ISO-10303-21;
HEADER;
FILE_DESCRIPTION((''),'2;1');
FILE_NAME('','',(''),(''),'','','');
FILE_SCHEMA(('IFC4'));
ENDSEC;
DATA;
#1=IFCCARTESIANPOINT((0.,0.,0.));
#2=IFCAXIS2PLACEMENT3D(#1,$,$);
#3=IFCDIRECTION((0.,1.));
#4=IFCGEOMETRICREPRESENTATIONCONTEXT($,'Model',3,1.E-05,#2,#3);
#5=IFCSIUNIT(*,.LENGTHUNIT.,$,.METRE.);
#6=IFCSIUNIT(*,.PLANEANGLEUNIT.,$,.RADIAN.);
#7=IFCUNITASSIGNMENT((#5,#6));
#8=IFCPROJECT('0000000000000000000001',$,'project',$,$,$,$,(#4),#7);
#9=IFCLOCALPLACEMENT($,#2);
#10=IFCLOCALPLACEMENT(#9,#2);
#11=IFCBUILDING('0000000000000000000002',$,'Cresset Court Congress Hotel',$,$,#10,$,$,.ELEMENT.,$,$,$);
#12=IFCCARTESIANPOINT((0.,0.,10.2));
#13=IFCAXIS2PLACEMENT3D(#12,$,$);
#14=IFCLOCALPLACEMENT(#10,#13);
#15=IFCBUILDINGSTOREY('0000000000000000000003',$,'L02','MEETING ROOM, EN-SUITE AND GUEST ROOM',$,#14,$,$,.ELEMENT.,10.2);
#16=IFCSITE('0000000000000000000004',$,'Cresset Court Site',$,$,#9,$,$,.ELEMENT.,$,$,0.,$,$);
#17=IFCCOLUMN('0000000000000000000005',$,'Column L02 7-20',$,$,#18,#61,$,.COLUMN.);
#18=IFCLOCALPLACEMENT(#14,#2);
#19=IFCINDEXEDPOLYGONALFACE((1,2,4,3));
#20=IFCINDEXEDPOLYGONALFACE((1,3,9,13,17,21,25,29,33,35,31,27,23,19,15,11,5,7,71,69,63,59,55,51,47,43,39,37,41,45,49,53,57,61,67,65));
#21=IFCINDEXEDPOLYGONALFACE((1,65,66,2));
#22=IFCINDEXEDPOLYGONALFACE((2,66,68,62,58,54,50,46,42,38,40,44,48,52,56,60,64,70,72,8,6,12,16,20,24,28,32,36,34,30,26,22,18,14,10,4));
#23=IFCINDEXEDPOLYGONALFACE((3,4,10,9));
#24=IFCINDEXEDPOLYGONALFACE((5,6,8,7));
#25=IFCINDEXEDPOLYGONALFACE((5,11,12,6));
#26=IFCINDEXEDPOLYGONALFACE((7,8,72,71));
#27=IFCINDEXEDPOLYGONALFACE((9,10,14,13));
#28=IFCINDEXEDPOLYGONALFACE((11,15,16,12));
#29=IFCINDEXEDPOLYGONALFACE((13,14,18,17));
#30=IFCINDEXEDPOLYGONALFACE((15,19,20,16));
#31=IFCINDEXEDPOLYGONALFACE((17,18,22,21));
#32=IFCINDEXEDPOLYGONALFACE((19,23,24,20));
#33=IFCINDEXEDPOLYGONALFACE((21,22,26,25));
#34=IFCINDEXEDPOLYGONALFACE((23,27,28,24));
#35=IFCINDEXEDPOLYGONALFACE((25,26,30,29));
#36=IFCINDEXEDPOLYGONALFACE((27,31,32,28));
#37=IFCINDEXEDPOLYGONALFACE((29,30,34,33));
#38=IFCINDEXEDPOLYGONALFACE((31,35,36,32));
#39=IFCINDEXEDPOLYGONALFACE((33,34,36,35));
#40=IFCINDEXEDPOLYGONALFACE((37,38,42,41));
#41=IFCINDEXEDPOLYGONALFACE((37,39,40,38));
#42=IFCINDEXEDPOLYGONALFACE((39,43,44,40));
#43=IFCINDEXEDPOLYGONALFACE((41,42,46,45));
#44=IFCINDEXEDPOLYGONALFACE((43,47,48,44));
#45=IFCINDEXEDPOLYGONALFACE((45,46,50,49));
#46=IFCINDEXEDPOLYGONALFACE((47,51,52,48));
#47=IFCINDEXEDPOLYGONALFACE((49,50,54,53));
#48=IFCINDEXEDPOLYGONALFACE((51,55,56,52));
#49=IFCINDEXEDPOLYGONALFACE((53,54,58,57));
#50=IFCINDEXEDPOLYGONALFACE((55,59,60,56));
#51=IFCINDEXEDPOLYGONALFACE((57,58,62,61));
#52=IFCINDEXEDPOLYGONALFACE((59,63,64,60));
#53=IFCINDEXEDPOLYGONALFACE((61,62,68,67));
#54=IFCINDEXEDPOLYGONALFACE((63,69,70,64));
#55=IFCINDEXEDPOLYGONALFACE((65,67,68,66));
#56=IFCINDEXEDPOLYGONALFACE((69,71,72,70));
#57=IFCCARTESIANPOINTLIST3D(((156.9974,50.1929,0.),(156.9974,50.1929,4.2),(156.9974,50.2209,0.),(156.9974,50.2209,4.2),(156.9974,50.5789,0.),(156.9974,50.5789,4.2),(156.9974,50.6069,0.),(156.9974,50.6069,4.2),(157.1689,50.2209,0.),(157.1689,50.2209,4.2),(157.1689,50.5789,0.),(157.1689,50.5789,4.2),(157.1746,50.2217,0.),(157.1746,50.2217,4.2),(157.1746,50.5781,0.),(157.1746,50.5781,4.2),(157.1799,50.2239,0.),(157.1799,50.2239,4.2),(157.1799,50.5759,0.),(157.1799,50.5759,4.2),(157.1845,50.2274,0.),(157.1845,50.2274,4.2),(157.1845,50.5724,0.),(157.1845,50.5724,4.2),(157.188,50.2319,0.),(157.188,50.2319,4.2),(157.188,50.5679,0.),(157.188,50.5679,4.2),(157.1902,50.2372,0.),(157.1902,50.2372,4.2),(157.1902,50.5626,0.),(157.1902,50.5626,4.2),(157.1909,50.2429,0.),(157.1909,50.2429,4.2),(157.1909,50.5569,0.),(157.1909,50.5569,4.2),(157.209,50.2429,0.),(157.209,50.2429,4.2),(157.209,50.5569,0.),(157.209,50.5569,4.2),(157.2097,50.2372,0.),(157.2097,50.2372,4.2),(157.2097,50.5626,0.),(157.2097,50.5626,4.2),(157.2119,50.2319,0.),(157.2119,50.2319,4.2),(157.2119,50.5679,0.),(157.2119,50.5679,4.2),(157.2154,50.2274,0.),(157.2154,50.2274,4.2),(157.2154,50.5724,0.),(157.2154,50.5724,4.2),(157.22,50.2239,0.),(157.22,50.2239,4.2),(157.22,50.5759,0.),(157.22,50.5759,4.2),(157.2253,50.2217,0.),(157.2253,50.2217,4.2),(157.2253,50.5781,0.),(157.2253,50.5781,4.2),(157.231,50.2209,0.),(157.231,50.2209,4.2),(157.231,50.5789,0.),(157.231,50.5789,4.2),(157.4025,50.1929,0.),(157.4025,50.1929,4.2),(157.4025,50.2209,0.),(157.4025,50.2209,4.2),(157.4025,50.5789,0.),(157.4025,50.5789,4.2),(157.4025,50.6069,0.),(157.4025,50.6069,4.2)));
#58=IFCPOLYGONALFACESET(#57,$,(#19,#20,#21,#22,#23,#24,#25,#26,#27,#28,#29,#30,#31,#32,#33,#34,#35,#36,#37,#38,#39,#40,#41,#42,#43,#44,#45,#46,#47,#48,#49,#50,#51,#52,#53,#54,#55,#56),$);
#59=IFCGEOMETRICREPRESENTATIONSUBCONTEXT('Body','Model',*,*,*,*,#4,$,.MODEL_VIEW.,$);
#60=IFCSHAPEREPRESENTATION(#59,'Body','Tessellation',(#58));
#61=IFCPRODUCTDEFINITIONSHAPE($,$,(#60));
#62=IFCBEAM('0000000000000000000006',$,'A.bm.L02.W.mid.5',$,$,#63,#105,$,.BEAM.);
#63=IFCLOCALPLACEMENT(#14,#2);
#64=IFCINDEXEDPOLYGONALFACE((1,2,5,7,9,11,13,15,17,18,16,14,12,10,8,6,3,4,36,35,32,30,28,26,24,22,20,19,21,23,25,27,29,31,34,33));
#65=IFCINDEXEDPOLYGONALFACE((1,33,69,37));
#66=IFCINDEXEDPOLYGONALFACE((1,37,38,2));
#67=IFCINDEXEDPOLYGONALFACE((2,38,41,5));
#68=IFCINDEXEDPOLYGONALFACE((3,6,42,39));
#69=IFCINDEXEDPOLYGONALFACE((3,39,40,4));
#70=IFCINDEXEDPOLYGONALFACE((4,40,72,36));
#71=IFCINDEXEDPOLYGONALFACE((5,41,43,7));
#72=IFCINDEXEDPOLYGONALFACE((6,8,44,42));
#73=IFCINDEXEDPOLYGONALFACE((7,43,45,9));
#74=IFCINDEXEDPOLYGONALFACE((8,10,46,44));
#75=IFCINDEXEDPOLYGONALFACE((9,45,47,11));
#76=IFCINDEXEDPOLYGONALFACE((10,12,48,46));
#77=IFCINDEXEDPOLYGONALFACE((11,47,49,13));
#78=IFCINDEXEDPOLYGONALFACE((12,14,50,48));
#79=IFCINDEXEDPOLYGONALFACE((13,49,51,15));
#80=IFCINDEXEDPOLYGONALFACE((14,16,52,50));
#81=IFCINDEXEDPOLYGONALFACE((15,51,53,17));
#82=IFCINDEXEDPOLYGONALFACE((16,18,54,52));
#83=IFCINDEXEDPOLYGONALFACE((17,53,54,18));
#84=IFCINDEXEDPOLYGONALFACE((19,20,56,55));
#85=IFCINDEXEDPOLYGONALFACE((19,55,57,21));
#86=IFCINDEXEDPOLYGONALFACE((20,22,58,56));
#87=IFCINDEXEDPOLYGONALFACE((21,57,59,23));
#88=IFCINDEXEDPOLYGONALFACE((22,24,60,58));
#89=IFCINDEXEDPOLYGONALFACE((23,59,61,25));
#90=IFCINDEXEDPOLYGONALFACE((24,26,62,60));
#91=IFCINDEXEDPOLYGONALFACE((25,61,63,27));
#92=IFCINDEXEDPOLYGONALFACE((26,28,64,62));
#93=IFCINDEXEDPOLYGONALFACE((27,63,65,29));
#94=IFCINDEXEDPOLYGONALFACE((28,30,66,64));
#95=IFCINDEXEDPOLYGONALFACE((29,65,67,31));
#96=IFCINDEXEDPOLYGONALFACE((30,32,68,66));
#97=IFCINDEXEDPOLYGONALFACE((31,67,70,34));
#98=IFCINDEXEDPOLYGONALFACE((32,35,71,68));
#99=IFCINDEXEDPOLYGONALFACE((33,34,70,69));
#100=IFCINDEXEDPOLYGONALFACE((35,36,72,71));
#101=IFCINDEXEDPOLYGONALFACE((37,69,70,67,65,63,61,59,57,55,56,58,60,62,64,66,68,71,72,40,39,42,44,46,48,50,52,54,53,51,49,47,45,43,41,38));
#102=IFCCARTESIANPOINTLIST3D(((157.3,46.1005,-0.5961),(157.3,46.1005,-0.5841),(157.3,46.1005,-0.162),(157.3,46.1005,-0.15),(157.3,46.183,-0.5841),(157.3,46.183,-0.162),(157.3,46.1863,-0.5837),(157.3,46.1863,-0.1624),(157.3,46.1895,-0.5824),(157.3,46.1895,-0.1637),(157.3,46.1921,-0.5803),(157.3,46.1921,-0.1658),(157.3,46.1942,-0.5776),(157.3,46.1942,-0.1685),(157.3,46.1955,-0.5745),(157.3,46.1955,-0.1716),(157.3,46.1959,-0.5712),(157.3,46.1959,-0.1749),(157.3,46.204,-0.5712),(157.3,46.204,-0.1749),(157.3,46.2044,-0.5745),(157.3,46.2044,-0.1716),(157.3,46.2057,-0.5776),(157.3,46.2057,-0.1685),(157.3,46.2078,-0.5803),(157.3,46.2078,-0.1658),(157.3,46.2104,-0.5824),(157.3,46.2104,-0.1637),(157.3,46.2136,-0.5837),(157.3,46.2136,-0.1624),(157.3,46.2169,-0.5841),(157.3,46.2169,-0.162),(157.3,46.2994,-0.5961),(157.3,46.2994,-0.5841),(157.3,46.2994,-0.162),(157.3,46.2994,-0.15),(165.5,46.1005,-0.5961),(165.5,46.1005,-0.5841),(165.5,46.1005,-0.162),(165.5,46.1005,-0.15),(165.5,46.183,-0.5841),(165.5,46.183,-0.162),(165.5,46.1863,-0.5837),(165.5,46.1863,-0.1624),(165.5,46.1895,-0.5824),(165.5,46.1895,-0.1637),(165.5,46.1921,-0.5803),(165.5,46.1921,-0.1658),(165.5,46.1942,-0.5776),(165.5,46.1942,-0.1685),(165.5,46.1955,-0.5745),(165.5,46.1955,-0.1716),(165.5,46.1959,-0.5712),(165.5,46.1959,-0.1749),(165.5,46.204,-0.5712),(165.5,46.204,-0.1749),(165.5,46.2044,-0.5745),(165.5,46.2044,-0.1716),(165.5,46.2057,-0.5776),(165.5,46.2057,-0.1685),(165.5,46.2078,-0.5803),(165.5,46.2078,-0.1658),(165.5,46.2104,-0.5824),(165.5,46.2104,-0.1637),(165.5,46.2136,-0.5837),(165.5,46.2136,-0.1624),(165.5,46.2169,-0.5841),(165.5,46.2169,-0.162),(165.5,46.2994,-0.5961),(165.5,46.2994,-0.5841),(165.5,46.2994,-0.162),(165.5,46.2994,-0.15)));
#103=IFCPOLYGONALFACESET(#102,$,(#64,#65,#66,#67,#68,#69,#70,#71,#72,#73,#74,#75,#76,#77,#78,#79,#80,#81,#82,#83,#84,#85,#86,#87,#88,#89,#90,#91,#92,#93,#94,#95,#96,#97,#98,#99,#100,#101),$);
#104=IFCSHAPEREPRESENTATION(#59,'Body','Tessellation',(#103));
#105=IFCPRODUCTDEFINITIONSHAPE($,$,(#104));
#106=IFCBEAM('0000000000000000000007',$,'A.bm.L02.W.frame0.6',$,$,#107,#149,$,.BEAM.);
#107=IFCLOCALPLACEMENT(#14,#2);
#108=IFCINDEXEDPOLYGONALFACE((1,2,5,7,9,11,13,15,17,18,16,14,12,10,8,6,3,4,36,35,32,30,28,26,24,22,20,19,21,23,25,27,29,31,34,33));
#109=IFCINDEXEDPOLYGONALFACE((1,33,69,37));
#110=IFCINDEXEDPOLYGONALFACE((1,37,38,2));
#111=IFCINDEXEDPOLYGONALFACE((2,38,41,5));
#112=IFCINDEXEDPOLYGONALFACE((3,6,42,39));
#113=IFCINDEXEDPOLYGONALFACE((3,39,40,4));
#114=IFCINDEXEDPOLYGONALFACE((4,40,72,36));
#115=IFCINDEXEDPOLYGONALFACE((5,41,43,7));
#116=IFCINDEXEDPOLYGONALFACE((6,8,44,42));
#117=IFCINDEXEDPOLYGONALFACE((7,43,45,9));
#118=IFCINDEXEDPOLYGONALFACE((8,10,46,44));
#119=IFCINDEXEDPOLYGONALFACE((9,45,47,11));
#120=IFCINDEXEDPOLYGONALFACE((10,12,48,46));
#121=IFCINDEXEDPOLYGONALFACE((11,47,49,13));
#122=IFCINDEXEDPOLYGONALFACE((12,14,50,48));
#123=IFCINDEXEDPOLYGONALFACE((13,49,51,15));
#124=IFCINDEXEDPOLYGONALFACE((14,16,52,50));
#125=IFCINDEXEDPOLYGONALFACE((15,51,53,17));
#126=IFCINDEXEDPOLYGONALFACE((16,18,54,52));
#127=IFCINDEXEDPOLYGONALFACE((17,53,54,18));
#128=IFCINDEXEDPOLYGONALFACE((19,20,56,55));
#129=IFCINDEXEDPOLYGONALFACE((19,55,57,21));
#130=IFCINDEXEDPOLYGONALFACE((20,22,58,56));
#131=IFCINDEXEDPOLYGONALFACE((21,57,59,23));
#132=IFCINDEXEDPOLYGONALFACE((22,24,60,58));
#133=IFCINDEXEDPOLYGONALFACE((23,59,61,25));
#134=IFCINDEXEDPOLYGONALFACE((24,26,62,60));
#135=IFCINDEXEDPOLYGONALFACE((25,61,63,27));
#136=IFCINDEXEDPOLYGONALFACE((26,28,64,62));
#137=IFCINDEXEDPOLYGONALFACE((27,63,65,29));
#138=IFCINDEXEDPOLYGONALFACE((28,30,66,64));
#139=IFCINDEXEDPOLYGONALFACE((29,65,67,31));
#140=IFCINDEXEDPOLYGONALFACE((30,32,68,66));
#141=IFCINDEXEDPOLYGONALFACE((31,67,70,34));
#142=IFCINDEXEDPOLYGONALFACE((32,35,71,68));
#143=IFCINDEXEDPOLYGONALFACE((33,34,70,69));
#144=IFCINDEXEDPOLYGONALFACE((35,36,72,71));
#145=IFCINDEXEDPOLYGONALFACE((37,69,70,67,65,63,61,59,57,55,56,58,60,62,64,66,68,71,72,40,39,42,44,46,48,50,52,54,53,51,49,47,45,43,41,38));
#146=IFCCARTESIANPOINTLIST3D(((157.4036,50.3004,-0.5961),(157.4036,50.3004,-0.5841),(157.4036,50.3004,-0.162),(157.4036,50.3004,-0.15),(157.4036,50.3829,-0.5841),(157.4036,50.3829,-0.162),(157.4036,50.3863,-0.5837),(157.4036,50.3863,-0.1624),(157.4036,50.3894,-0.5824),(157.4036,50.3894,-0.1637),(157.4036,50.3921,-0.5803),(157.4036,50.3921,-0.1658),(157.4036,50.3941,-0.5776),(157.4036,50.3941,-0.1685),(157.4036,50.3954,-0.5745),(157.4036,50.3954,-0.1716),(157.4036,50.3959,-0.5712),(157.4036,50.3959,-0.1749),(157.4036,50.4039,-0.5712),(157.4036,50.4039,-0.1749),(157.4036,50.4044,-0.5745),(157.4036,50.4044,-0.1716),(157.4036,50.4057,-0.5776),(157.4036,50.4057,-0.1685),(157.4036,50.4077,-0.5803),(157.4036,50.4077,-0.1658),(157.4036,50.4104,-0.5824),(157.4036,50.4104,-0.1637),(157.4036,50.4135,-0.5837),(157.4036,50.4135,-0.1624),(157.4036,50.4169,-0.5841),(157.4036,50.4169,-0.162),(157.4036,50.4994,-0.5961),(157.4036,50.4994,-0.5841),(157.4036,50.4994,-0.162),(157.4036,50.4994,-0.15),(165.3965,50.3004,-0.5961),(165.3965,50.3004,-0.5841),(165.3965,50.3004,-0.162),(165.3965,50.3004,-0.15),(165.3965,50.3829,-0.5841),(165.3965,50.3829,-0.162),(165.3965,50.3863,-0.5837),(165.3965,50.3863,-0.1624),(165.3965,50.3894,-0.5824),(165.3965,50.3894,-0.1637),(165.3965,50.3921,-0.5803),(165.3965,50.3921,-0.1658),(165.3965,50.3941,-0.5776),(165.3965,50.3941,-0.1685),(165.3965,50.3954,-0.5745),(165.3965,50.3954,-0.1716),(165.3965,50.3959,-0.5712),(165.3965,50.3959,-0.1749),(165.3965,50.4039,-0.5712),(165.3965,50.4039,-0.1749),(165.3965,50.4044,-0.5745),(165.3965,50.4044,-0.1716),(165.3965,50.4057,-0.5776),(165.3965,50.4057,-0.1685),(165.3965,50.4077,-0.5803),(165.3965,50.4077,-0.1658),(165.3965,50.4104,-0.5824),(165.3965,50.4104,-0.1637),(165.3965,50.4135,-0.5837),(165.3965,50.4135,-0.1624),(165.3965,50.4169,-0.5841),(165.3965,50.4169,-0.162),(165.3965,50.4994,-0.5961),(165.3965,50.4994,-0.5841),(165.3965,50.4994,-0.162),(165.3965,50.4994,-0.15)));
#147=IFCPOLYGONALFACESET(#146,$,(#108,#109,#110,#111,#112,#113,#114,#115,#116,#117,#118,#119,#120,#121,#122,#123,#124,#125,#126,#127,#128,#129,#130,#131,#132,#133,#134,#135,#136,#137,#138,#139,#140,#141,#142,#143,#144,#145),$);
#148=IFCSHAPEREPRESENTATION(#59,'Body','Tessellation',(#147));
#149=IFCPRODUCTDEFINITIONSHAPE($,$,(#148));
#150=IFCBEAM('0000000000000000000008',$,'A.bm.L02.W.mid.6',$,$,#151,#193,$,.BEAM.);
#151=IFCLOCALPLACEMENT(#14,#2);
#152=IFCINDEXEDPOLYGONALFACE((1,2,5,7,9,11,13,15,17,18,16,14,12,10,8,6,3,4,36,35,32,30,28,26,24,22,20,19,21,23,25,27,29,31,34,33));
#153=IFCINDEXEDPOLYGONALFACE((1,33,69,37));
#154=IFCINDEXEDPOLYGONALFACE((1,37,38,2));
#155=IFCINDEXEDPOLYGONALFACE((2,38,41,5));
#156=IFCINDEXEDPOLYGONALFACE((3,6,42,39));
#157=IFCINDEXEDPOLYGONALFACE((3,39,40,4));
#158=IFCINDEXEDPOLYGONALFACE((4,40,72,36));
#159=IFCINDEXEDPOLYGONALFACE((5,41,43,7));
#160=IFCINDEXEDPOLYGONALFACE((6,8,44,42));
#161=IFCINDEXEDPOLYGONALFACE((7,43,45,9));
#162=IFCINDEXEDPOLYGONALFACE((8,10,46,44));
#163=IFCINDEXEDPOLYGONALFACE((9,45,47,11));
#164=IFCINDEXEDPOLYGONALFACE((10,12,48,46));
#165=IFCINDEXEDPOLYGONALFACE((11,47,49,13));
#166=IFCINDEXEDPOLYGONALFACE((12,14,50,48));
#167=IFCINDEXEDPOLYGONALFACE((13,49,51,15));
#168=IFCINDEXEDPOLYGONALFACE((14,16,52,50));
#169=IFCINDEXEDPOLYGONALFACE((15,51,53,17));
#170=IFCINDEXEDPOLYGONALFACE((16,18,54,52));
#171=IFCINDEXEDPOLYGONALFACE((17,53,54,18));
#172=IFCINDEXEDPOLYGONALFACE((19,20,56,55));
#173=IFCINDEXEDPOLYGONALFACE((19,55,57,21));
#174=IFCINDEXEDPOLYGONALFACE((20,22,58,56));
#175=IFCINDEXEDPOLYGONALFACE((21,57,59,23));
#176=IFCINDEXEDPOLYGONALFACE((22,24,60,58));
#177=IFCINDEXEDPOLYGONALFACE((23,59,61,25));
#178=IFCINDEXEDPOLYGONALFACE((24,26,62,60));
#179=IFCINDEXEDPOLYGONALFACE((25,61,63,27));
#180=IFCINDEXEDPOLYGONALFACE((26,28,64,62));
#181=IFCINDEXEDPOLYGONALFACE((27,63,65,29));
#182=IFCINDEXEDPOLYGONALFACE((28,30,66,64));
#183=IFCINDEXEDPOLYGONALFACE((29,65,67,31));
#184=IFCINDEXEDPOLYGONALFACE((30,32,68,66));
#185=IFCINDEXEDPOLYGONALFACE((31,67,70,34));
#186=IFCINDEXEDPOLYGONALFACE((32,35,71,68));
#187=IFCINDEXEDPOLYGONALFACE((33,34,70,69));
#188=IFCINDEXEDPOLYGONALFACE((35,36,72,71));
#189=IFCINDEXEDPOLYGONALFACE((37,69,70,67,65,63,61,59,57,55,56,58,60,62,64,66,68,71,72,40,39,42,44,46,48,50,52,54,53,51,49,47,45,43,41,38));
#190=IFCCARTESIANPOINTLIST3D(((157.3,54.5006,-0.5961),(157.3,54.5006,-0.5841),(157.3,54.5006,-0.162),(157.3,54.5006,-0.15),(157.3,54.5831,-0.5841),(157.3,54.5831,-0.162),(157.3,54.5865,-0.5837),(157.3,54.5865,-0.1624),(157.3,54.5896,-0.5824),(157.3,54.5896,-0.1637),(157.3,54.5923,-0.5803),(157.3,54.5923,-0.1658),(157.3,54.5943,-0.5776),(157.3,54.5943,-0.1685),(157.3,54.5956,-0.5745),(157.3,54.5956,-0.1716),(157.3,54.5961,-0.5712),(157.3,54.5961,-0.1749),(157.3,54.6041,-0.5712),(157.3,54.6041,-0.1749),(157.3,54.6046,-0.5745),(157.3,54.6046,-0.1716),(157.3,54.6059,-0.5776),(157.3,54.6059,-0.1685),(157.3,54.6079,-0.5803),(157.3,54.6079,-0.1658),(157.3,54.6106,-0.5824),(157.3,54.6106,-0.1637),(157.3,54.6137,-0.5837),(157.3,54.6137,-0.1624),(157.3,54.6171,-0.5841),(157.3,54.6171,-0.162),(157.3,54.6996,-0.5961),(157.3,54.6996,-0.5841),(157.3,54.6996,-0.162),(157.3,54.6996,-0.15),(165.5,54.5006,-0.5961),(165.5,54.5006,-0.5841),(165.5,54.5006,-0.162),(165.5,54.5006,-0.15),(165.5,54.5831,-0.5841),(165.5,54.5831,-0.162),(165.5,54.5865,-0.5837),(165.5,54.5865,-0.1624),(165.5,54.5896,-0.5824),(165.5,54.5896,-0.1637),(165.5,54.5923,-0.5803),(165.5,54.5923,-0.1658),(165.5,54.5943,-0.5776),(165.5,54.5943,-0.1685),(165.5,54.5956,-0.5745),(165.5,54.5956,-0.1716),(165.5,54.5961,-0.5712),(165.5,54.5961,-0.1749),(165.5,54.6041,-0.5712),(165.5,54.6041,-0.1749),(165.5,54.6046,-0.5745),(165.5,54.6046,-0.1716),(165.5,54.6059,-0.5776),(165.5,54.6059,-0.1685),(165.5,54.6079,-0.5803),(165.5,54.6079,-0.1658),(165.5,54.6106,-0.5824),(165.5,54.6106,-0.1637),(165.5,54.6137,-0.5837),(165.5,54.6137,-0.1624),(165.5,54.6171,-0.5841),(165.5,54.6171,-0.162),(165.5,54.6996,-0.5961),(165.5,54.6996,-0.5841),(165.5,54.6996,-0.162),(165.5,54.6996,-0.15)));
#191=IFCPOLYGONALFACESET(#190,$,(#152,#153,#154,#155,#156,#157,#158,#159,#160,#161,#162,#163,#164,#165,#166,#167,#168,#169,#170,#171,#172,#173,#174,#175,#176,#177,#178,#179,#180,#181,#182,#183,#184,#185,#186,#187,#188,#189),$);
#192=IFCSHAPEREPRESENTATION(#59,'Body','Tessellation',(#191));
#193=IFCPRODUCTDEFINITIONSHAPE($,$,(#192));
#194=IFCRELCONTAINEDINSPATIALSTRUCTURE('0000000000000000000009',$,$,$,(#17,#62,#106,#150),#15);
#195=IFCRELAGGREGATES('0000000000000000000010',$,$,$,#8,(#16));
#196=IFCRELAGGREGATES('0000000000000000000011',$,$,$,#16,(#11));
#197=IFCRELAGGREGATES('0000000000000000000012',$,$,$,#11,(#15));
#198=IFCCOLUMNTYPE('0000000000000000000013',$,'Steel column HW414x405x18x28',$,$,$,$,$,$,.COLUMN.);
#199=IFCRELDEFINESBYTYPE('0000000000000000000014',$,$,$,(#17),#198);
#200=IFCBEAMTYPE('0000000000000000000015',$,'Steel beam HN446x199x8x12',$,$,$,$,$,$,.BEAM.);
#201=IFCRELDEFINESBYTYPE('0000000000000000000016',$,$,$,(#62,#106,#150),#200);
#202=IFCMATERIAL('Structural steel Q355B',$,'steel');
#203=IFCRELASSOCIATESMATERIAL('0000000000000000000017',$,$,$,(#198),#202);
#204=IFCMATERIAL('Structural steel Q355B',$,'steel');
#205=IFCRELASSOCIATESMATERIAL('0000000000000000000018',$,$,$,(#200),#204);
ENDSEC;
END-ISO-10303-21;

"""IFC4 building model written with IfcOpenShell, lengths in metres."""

from ifc_helpers import new_model, si_unit, direction, frame, origin, origin_2d, place, context, subcontext, project, spatial, i_section, extrude, material, material_profile, profile_set, type_object, element, save


model = new_model("IFC4")

# Units and contexts
model_context = context("Model", 3, precision=1e-05, world=origin(), true_north=direction((0.0, 1.0)))
body_context = subcontext(model_context, "Body", "Model", "MODEL_VIEW")
ifc_project = project(units=[si_unit("LENGTHUNIT", "METRE"), si_unit("PLANEANGLEUNIT", "RADIAN")], contexts=[model_context])

# Site, building, storey
site_placement = place(None, origin())
site = spatial("IfcSite", under=ifc_project, at=site_placement, Name="Cresset Court Site", CompositionType="ELEMENT", RefElevation=0.0)
building_placement = place(site_placement, origin())
building = spatial("IfcBuilding", under=site, at=building_placement, Name="Cresset Court Congress Hotel", CompositionType="ELEMENT")
storey_placement = place(building_placement, frame((0.0, 0.0, 10.2)))
storey = spatial("IfcBuildingStorey", under=building, at=storey_placement, Name="L02", Description="MEETING ROOM, EN-SUITE AND GUEST ROOM", CompositionType="ELEMENT", Elevation=10.2)

# Column
ifc_material_1 = material(Name="Structural steel Q355B", Category="steel")
ifc_material_profile_1 = material_profile(ifc_material_1, i_section(OverallWidth=0.405, OverallDepth=0.4141, WebThickness=0.0181, FlangeThickness=0.0281, FilletRadius=0.022, at=origin_2d()), Name="HW414x405x18x28")
ifc_profile_set_1 = profile_set([ifc_material_profile_1], Name="Structural steel Q355B")
column_type = type_object("IfcColumnType", Name="Steel column HW414x405x18x28", PredefinedType="COLUMN", material=ifc_profile_set_1)
column_placement = place(storey_placement, frame((157.2, 50.3999, 0.0), z_axis=(0.0, 0.0, 1.0), x_axis=(1.0, 0.0, 0.0)))
element("IfcColumn", 1, at=column_placement, inside=storey, type_object=column_type, Name="Column L02 7-20", PredefinedType="COLUMN", context=body_context, shape_type="SweptSolid", body=[
    extrude(i_section(OverallWidth=0.405, OverallDepth=0.4141, WebThickness=0.0181, FlangeThickness=0.0281, FilletRadius=0.022, at=origin_2d()), origin(), (0.0, 0.0, 1.0), 4.2),
])

# Beams
ifc_material_2 = material(Name="Structural steel Q355B", Category="steel")
ifc_material_profile_2 = material_profile(ifc_material_2, i_section(OverallWidth=0.199, OverallDepth=0.446, WebThickness=0.0081, FlangeThickness=0.012, FilletRadius=0.0129, at=origin_2d()), Name="HN446x199x8x12")
ifc_profile_set_2 = profile_set([ifc_material_profile_2], Name="Structural steel Q355B")
beam_type_1 = type_object("IfcBeamType", Name="Steel beam HN446x199x8x12", PredefinedType="BEAM", material=ifc_profile_set_2)
beam_1_placement = place(storey_placement, frame((157.3, 46.2, -0.373), z_axis=(1.0, 0.0, 0.0), x_axis=(0.0, 1.0, 0.0)))
element("IfcBeam", 2, at=beam_1_placement, inside=storey, type_object=beam_type_1, Name="A.bm.L02.W.mid.5", PredefinedType="BEAM", context=body_context, shape_type="SweptSolid", body=[
    extrude(i_section(OverallWidth=0.199, OverallDepth=0.446, WebThickness=0.0081, FlangeThickness=0.012, FilletRadius=0.0129, at=origin_2d()), origin(), (0.0, 0.0, 1.0), 8.2),
])
beam_2_placement = place(storey_placement, frame((157.4036, 50.3999, -0.373), z_axis=(1.0, 0.0, 0.0), x_axis=(0.0, 1.0, 0.0)))
element("IfcBeam", 3, at=beam_2_placement, inside=storey, type_object=beam_type_1, Name="A.bm.L02.W.frame0.6", PredefinedType="BEAM", context=body_context, shape_type="SweptSolid", body=[
    extrude(i_section(OverallWidth=0.199, OverallDepth=0.446, WebThickness=0.0081, FlangeThickness=0.012, FilletRadius=0.0129, at=origin_2d()), origin(), (0.0, 0.0, 1.0), 7.9929),
])
beam_3_placement = place(storey_placement, frame((157.3, 54.6001, -0.373), z_axis=(1.0, 0.0, 0.0), x_axis=(0.0, 1.0, 0.0)))
element("IfcBeam", 4, at=beam_3_placement, inside=storey, type_object=beam_type_1, Name="A.bm.L02.W.mid.6", PredefinedType="BEAM", context=body_context, shape_type="SweptSolid", body=[
    extrude(i_section(OverallWidth=0.199, OverallDepth=0.446, WebThickness=0.0081, FlangeThickness=0.012, FilletRadius=0.0129, at=origin_2d()), origin(), (0.0, 0.0, 1.0), 8.2),
])

save(model, "model.ifc")
